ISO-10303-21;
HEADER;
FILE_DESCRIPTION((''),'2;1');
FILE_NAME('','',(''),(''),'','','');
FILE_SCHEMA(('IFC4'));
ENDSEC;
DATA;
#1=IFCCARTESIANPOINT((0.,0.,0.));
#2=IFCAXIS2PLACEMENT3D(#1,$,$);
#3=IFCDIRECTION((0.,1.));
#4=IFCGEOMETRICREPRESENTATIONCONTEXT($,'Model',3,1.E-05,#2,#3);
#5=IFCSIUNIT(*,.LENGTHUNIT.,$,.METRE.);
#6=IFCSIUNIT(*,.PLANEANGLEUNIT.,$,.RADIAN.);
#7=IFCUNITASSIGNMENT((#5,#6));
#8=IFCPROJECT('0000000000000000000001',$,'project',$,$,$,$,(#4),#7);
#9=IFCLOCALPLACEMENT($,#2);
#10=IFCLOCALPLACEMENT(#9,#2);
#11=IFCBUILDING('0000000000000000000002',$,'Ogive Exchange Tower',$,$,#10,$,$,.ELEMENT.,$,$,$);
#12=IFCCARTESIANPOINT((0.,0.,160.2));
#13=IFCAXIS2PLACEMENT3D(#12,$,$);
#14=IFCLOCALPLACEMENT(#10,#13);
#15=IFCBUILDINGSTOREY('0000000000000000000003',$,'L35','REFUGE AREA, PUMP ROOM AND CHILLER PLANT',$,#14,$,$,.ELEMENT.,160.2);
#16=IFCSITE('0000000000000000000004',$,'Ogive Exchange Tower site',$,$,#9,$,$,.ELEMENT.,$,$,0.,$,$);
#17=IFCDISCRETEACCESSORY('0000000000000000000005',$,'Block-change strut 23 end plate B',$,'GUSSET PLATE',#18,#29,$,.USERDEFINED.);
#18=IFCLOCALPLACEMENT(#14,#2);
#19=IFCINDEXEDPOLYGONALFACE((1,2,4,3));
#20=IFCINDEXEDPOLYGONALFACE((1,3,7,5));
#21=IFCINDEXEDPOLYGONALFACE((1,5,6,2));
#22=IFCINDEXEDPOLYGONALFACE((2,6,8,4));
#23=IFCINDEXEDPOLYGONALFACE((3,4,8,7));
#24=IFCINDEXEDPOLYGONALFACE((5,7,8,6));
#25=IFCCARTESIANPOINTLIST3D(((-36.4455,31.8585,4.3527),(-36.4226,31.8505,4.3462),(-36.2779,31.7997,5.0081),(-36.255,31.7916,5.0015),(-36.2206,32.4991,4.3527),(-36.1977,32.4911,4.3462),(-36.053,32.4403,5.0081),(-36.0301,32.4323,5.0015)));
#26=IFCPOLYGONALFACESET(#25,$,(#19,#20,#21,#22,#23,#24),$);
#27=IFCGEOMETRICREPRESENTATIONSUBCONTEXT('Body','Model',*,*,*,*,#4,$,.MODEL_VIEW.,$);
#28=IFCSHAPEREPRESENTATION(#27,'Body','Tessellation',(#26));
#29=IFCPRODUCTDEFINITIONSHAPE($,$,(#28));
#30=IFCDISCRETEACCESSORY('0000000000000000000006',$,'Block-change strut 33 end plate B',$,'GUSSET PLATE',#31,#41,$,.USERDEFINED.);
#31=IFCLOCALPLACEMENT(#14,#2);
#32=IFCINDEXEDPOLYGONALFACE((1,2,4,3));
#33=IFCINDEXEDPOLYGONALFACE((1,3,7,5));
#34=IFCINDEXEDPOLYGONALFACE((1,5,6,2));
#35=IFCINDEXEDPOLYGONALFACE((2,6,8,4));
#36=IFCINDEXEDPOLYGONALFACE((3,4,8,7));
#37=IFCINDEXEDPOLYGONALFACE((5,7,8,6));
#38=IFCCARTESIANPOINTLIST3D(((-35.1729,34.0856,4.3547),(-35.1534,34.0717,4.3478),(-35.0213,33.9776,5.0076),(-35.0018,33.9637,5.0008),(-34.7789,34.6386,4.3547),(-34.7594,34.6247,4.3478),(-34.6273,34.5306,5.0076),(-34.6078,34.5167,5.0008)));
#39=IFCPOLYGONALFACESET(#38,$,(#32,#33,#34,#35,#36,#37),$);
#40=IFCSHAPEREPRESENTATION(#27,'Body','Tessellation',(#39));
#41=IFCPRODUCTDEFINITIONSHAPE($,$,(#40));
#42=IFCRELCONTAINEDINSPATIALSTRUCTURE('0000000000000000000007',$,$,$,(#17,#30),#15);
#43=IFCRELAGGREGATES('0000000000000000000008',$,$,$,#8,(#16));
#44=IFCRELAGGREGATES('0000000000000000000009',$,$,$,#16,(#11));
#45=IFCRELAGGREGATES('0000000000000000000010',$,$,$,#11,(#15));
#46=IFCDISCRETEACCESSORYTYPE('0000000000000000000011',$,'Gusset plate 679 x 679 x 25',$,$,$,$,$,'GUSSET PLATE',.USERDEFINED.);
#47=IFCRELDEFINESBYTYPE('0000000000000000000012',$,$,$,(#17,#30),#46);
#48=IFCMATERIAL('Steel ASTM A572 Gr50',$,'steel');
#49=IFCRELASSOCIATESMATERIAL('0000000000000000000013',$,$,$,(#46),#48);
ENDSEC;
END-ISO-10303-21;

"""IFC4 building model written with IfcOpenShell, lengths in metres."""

from ifc_helpers import new_model, si_unit, direction, frame, origin, origin_2d, place, context, subcontext, project, spatial, rectangle, extrude, material, material_profile, profile_set, type_object, element, save


model = new_model("IFC4")

# Units and contexts
model_context = context("Model", 3, precision=1e-05, world=origin(), true_north=direction((0.0, 1.0)))
body_context = subcontext(model_context, "Body", "Model", "MODEL_VIEW")
ifc_project = project(units=[si_unit("LENGTHUNIT", "METRE"), si_unit("PLANEANGLEUNIT", "RADIAN")], contexts=[model_context])

# Site, building, storey
site_placement = place(None, origin())
site = spatial("IfcSite", under=ifc_project, at=site_placement, Name="Ogive Exchange Tower site", CompositionType="ELEMENT", RefElevation=0.0)
building_placement = place(site_placement, origin())
building = spatial("IfcBuilding", under=site, at=building_placement, Name="Ogive Exchange Tower", CompositionType="ELEMENT")
storey_placement = place(building_placement, frame((0.0, 0.0, 160.2)))
storey = spatial("IfcBuildingStorey", under=building, at=storey_placement, Name="L35", Description="REFUGE AREA, PUMP ROOM AND CHILLER PLANT", CompositionType="ELEMENT", Elevation=160.2)

# Discrete accessories
ifc_material_1 = material(Name="Steel ASTM A572 Gr50", Category="steel")
ifc_material_profile_1 = material_profile(ifc_material_1, rectangle(XDim=0.679, YDim=0.679, at=origin_2d()), Name="PL 679 x 679 x 25")
ifc_profile_set_1 = profile_set([ifc_material_profile_1], Name="Steel ASTM A572 Gr50")
discrete_accessory_type_1 = type_object("IfcDiscreteAccessoryType", Name="Gusset plate 679 x 679 x 25", ElementType="GUSSET PLATE", PredefinedType="USERDEFINED", material=ifc_profile_set_1)
discrete_accessory_1_placement = place(storey_placement, frame((-36.2263, 32.1414, 4.6738), z_axis=(-0.910692, 0.319711, 0.261582), x_axis=(-0.331245, -0.943545, 0.0)))
element("IfcDiscreteAccessory", 1, at=discrete_accessory_1_placement, inside=storey, type_object=discrete_accessory_type_1, Name="Block-change strut 23 end plate B", ObjectType="GUSSET PLATE", PredefinedType="USERDEFINED", context=body_context, shape_type="SweptSolid", body=[
    extrude(rectangle(XDim=0.679, YDim=0.679, at=origin_2d()), origin(), (0.0, 0.0, 1.0), 0.0251),
])
discrete_accessory_2_placement = place(storey_placement, frame((-34.8806, 34.2942, 4.6743), z_axis=(-0.783223, 0.558046, 0.274128), x_axis=(-0.580275, -0.814421, 0.0)))
element("IfcDiscreteAccessory", 2, at=discrete_accessory_2_placement, inside=storey, type_object=discrete_accessory_type_1, Name="Block-change strut 33 end plate B", ObjectType="GUSSET PLATE", PredefinedType="USERDEFINED", context=body_context, shape_type="SweptSolid", body=[
    extrude(rectangle(XDim=0.679, YDim=0.679, at=origin_2d()), origin(), (0.0, 0.0, 1.0), 0.0249),
])

save(model, "model.ifc")
